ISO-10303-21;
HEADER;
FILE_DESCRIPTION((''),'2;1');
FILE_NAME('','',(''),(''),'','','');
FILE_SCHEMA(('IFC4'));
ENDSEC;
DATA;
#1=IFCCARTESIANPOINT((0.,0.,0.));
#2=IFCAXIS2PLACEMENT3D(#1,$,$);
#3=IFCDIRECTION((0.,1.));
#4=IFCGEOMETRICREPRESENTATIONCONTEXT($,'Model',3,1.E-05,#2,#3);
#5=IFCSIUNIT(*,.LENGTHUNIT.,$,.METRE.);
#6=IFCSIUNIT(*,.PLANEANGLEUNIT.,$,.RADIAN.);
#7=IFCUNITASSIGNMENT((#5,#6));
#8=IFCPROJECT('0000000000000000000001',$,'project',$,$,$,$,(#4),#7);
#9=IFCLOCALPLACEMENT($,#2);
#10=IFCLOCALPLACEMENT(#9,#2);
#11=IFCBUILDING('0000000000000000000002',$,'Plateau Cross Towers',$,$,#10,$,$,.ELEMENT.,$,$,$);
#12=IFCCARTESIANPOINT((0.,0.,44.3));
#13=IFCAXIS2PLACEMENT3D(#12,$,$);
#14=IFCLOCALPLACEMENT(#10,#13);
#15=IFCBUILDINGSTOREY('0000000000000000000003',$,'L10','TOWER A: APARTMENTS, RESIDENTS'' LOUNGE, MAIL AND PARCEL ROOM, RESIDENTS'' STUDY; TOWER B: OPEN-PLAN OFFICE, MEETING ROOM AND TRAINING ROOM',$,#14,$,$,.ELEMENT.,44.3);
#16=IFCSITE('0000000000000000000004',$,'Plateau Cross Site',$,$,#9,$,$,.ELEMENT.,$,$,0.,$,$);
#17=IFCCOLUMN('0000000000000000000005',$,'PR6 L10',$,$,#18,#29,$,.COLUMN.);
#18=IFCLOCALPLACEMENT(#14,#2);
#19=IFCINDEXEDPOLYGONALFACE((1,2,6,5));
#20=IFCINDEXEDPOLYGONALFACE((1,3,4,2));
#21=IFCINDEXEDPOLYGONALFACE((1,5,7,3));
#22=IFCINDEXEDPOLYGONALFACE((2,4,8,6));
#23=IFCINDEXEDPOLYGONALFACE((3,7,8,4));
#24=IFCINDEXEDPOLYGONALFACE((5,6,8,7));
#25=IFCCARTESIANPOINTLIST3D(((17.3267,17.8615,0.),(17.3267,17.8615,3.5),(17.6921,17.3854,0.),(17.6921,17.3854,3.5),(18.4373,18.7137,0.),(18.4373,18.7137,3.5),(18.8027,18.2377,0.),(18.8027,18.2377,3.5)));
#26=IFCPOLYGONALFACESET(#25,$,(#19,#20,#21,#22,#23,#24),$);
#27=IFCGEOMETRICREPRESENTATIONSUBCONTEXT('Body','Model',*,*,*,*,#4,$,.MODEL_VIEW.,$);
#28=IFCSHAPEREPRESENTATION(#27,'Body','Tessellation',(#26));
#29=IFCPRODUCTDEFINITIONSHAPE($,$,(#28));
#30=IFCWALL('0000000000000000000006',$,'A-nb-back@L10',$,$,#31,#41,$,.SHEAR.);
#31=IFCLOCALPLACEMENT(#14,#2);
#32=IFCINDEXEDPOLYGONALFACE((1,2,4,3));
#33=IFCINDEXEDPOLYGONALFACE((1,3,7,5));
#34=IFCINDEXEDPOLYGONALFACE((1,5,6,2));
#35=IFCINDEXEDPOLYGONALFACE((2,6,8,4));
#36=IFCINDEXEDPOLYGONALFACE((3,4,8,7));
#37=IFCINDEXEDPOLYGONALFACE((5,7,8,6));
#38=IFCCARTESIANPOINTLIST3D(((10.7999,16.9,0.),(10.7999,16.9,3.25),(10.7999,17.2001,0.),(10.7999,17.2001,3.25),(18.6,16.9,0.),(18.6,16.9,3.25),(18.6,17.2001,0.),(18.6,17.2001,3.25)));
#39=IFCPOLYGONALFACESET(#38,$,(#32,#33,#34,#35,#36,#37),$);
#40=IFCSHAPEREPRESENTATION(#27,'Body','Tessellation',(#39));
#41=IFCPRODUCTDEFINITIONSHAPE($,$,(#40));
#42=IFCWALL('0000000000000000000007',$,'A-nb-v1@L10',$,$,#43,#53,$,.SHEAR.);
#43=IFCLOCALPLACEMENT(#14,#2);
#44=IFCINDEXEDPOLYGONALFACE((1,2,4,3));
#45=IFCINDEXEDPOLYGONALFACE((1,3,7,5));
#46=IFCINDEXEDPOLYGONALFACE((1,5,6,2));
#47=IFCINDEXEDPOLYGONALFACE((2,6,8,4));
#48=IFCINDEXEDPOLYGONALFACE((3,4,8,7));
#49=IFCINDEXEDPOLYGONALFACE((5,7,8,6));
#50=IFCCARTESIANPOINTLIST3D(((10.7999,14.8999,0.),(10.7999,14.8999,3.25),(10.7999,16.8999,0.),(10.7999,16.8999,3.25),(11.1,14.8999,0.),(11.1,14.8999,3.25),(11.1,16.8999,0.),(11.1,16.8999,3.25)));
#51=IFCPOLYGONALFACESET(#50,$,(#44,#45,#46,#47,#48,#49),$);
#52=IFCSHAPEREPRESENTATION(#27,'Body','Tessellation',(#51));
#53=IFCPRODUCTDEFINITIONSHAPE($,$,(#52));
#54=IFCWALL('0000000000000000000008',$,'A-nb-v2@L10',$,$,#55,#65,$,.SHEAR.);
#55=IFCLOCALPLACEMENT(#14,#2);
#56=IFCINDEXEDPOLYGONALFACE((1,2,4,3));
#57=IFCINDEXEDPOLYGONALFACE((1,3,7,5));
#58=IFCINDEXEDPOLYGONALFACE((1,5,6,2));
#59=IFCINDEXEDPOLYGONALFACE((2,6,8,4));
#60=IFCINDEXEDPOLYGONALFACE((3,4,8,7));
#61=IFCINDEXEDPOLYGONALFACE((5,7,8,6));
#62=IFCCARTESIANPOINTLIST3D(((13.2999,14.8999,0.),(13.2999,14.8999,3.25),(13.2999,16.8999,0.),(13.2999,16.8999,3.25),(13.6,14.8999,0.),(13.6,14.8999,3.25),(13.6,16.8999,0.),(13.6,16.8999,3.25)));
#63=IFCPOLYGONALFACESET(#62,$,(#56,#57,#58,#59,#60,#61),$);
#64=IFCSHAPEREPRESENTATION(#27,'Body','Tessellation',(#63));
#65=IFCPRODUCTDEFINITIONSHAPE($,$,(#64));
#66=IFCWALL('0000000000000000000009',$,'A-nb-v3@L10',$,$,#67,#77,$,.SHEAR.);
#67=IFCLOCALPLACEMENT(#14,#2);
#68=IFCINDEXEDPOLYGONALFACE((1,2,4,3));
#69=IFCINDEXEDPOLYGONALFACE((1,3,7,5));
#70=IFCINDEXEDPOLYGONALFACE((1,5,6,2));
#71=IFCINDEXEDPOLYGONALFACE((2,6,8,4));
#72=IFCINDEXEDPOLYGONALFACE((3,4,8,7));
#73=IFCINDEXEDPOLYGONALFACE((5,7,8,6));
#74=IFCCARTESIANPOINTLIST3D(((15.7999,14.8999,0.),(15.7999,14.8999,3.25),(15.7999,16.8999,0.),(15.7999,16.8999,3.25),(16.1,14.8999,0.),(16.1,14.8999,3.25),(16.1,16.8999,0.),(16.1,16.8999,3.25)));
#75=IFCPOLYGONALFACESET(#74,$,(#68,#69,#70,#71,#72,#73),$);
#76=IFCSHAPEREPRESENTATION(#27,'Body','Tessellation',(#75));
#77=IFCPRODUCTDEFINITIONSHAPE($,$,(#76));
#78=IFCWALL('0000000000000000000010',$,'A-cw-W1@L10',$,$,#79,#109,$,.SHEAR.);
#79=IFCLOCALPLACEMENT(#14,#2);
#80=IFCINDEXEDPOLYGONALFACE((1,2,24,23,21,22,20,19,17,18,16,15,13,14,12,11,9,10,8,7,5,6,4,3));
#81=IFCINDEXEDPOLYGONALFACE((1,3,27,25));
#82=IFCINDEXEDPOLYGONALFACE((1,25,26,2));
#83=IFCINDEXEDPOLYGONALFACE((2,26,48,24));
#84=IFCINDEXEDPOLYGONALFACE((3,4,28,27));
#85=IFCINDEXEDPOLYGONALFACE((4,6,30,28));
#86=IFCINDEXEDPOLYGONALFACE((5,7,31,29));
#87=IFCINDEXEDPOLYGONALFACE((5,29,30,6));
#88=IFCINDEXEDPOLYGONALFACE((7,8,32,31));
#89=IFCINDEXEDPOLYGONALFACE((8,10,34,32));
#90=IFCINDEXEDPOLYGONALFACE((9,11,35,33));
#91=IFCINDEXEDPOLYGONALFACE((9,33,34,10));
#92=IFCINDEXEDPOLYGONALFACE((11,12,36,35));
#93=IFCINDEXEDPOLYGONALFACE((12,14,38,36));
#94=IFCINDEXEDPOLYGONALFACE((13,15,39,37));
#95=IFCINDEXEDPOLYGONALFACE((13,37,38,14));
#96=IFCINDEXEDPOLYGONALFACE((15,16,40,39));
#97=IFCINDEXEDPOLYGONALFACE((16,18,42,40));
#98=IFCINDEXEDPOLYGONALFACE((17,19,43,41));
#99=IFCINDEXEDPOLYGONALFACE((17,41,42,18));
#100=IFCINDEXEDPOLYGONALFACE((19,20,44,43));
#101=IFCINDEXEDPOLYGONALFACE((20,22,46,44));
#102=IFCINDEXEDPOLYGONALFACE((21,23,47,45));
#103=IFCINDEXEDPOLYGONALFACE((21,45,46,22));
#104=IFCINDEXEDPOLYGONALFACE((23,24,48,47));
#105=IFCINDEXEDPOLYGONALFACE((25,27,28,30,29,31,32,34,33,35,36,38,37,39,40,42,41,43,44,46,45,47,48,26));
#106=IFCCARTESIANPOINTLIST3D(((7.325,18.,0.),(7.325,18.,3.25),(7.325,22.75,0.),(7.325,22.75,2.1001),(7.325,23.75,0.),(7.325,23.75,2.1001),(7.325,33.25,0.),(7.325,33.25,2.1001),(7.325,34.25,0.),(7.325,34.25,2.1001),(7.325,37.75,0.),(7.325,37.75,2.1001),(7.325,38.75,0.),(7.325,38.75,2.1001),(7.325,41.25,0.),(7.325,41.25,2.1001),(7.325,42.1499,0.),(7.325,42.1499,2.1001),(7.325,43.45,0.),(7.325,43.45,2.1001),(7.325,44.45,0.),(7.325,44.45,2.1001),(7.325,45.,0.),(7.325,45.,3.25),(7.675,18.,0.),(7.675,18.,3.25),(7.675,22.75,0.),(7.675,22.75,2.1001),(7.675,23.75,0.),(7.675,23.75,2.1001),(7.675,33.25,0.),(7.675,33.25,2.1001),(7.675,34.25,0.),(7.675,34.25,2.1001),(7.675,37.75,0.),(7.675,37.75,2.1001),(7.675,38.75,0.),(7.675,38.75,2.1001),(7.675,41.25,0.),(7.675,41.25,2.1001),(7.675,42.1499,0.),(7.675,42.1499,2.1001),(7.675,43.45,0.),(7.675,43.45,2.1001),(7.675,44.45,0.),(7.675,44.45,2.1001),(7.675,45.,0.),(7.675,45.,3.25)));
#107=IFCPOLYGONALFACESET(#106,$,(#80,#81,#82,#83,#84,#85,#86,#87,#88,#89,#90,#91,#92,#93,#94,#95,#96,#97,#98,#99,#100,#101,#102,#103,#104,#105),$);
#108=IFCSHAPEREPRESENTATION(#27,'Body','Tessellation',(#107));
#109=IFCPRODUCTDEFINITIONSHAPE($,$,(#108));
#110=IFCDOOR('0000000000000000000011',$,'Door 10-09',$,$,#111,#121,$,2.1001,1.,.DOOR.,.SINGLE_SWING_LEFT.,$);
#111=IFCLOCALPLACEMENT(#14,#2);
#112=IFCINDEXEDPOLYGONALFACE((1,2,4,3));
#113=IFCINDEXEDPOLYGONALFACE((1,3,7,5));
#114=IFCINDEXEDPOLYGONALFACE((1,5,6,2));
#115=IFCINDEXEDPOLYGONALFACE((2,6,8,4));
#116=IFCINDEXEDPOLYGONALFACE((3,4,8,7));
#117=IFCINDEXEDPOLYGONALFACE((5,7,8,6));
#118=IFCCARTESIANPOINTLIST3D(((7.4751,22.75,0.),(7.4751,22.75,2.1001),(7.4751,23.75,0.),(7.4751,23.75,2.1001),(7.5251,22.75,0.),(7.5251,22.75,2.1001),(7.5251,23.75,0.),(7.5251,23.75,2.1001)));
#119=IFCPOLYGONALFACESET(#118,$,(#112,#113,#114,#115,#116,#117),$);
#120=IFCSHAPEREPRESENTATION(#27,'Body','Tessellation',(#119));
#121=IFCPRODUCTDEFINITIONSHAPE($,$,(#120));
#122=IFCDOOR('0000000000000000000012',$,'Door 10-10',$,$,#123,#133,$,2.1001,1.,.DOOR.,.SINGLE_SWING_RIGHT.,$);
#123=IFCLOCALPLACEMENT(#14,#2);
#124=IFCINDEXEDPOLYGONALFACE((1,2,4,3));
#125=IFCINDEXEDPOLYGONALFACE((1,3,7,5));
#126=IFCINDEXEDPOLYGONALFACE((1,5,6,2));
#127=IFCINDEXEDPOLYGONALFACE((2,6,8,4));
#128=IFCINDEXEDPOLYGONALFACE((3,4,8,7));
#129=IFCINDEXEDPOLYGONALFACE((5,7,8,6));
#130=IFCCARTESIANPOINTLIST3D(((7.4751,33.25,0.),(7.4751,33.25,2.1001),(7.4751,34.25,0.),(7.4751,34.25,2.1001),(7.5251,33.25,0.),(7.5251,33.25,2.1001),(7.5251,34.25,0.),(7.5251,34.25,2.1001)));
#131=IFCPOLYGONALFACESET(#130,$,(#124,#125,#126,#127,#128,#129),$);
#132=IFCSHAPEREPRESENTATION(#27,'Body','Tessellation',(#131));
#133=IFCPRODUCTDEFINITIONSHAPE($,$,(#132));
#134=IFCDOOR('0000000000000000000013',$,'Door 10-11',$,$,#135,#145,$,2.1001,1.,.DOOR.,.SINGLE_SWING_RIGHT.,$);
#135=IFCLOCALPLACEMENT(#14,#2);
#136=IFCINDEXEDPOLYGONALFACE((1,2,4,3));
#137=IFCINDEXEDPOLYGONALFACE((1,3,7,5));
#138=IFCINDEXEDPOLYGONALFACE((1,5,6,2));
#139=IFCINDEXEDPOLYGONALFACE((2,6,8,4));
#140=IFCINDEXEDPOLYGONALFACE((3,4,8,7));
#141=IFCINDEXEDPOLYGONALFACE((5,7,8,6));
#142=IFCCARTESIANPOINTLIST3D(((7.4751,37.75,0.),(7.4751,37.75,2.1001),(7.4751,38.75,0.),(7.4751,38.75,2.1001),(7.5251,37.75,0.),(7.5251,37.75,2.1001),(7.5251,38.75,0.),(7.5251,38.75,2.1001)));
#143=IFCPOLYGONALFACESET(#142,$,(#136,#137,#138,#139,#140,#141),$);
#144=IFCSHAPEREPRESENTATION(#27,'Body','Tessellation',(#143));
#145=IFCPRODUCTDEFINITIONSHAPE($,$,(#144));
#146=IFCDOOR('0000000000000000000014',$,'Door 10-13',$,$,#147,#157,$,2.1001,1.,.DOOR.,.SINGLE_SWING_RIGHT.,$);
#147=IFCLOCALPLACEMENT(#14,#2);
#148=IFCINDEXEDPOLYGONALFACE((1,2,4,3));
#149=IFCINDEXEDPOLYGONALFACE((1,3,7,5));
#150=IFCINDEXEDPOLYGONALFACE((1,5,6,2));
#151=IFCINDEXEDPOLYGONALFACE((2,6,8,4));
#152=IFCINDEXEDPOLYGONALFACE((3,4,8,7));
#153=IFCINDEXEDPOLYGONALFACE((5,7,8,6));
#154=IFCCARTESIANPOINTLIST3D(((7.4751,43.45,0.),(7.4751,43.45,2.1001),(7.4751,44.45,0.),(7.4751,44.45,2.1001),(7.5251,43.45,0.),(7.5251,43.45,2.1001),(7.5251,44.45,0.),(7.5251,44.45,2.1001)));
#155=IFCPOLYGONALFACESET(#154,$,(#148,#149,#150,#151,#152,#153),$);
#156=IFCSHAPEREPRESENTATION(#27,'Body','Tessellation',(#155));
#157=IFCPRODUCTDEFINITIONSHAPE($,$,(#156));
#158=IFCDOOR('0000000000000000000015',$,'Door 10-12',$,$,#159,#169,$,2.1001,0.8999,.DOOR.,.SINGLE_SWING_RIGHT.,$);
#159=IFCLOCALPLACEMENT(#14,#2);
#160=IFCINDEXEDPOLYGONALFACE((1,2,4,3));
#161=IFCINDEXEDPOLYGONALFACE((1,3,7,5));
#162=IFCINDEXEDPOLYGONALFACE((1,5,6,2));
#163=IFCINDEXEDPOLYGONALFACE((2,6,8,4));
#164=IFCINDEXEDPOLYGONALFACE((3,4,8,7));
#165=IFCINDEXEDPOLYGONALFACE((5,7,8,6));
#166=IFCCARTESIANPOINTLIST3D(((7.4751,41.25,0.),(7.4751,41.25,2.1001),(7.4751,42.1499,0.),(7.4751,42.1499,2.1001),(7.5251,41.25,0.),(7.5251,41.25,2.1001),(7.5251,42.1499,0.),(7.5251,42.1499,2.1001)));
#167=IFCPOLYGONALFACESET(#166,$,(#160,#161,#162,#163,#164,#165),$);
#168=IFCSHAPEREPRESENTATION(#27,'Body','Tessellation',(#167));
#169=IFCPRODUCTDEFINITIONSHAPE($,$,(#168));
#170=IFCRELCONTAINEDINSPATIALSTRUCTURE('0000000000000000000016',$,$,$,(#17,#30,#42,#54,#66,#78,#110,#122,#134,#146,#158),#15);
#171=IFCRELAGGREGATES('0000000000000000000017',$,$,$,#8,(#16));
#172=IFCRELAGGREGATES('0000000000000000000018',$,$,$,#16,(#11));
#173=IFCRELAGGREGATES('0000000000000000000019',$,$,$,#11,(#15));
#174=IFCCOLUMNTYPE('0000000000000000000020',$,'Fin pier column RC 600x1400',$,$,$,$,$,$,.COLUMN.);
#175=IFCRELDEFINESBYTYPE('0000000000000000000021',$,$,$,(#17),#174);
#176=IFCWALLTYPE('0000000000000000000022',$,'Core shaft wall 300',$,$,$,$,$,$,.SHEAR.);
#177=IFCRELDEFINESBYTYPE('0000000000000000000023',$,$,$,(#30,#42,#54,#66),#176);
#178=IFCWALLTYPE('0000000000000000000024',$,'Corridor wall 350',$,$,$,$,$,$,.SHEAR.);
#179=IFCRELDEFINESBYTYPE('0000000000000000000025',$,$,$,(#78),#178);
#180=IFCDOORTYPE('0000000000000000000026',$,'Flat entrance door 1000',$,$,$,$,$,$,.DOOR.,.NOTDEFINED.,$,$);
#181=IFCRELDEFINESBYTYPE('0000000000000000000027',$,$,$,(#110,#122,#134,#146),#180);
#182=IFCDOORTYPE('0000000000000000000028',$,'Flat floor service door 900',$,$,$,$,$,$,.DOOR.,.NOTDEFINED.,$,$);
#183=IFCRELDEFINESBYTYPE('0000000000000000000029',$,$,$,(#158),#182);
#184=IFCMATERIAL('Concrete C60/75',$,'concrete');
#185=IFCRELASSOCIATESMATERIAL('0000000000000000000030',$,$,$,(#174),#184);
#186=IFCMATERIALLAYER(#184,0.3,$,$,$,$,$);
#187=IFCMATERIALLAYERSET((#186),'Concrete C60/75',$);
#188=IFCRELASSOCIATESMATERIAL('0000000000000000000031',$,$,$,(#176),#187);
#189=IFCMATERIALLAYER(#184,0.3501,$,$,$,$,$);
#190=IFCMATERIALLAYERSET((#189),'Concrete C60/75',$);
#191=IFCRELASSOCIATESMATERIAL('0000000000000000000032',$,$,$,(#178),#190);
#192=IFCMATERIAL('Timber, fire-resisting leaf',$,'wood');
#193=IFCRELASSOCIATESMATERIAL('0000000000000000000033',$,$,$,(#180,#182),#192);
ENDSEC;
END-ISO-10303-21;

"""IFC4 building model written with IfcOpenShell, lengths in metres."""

from ifc_helpers import new_model, si_unit, direction, frame, frame_2d, origin, origin_2d, place, context, subcontext, project, spatial, rectangle, extrude, material, layer, layer_set, material_profile, profile_set, type_object, element, fill, save


model = new_model("IFC4")

# Units and contexts
model_context = context("Model", 3, precision=1e-05, world=origin(), true_north=direction((0.0, 1.0)))
body_context = subcontext(model_context, "Body", "Model", "MODEL_VIEW")
ifc_project = project(units=[si_unit("LENGTHUNIT", "METRE"), si_unit("PLANEANGLEUNIT", "RADIAN")], contexts=[model_context])

# Site, building, storey
site_placement = place(None, origin())
site = spatial("IfcSite", under=ifc_project, at=site_placement, Name="Plateau Cross Site", CompositionType="ELEMENT", RefElevation=0.0)
building_placement = place(site_placement, origin())
building = spatial("IfcBuilding", under=site, at=building_placement, Name="Plateau Cross Towers", CompositionType="ELEMENT")
storey_placement = place(building_placement, frame((0.0, 0.0, 44.3)))
storey = spatial("IfcBuildingStorey", under=building, at=storey_placement, Name="L10", Description="TOWER A: APARTMENTS, RESIDENTS' LOUNGE, MAIL AND PARCEL ROOM, RESIDENTS' STUDY; TOWER B: OPEN-PLAN OFFICE, MEETING ROOM AND TRAINING ROOM", CompositionType="ELEMENT", Elevation=44.3)

# Column
ifc_material_1 = material(Name="Concrete C60/75", Category="concrete")
ifc_material_profile = material_profile(ifc_material_1, rectangle(XDim=0.6001, YDim=1.3999, at=origin_2d()), Name="RC 600x1400")
ifc_profile_set = profile_set([ifc_material_profile], Name="Concrete C60/75")
column_type = type_object("IfcColumnType", Name="Fin pier column RC 600x1400", PredefinedType="COLUMN", material=ifc_profile_set)
column_placement = place(storey_placement, frame((18.0647, 18.0496, 0.0), z_axis=(0.0, 0.0, 1.0), x_axis=(-0.608811, 0.793315, 0.0)))
element("IfcColumn", 1, at=column_placement, inside=storey, type_object=column_type, Name="PR6 L10", PredefinedType="COLUMN", context=body_context, shape_type="SweptSolid", body=[
    extrude(rectangle(XDim=0.6001, YDim=1.3999, at=origin_2d()), origin(), (0.0, 0.0, 1.0), 3.5),
])

# Walls
ifc_layer_1 = layer(ifc_material_1, 0.3)
ifc_layer_set_1 = layer_set([ifc_layer_1], Name="Concrete C60/75")
wall_type_1 = type_object("IfcWallType", Name="Core shaft wall 300", PredefinedType="SHEAR", material=ifc_layer_set_1)
wall_1_placement = place(storey_placement, frame((10.8, 17.05, 0.0), z_axis=(0.0, 0.0, 1.0), x_axis=(1.0, 0.0, 0.0)))
element("IfcWall", 2, at=wall_1_placement, inside=storey, type_object=wall_type_1, Name="A-nb-back@L10", PredefinedType="SHEAR", context=body_context, shape_type="SweptSolid", body=[
    extrude(rectangle(XDim=7.8, YDim=0.3, at=frame_2d((3.8999, 0.0))), origin(), (0.0, 0.0, 1.0), 3.25),
])
for number, where, z_axis, x_axis, name in (
    (3, (10.95, 14.8999, 0.0), (0.0, 0.0, 1.0), (0.0, 1.0, 0.0), "A-nb-v1@L10"),
    (4, (13.45, 14.8999, 0.0), (0.0, 0.0, 1.0), (0.0, 1.0, 0.0), "A-nb-v2@L10"),
    (5, (15.95, 14.8999, 0.0), (0.0, 0.0, 1.0), (0.0, 1.0, 0.0), "A-nb-v3@L10"),
):
    element("IfcWall", number, at=place(storey_placement, frame(where, z_axis=z_axis, x_axis=x_axis)), inside=storey, type_object=wall_type_1, Name=name, PredefinedType="SHEAR", context=body_context, shape_type="SweptSolid", body=[
        extrude(rectangle(XDim=2.0, YDim=0.3, at=frame_2d((1.0, 0.0))), origin(), (0.0, 0.0, 1.0), 3.25),
    ])

# Wall, openings, doors
ifc_layer_2 = layer(ifc_material_1, 0.3501)
ifc_layer_set_2 = layer_set([ifc_layer_2], Name="Concrete C60/75")
wall_type_2 = type_object("IfcWallType", Name="Corridor wall 350", PredefinedType="SHEAR", material=ifc_layer_set_2)
wall_2_placement = place(storey_placement, frame((7.5, 18.0, 0.0), z_axis=(0.0, 0.0, 1.0), x_axis=(0.0, 1.0, 0.0)))
wall_2 = element("IfcWall", 6, at=wall_2_placement, inside=storey, type_object=wall_type_2, Name="A-cw-W1@L10", PredefinedType="SHEAR", context=body_context, shape_type="SweptSolid", body=[
    extrude(rectangle(XDim=27.0, YDim=0.3501, at=frame_2d((13.5, 0.0))), origin(), (0.0, 0.0, 1.0), 3.25),
])
opening_1_placement = place(wall_2_placement, frame((4.75, 0.0, 0.0)))
opening_1 = element("IfcOpeningElement", 7, at=opening_1_placement, cuts=wall_2, PredefinedType="OPENING", context=body_context, shape_type="SweptSolid", body=[
    extrude(rectangle(XDim=1.0, YDim=2.1001, at=frame_2d((0.5, 1.05))), frame((0.0, 0.1851, 0.0), z_axis=(0.0, -1.0, 0.0), x_axis=(1.0, 0.0, 0.0)), (0.0, 0.0, 1.0), 0.3701),
])
opening_2_placement = place(wall_2_placement, frame((15.25, 0.0, 0.0)))
opening_2 = element("IfcOpeningElement", 8, at=opening_2_placement, cuts=wall_2, PredefinedType="OPENING", context=body_context, shape_type="SweptSolid", body=[
    extrude(rectangle(XDim=1.0, YDim=2.1001, at=frame_2d((0.5, 1.05))), frame((0.0, 0.1851, 0.0), z_axis=(0.0, -1.0, 0.0), x_axis=(1.0, 0.0, 0.0)), (0.0, 0.0, 1.0), 0.3701),
])
opening_3_placement = place(wall_2_placement, frame((19.75, 0.0, 0.0)))
opening_3 = element("IfcOpeningElement", 9, at=opening_3_placement, cuts=wall_2, PredefinedType="OPENING", context=body_context, shape_type="SweptSolid", body=[
    extrude(rectangle(XDim=1.0, YDim=2.1001, at=frame_2d((0.5, 1.05))), frame((0.0, 0.1851, 0.0), z_axis=(0.0, -1.0, 0.0), x_axis=(1.0, 0.0, 0.0)), (0.0, 0.0, 1.0), 0.3701),
])
opening_4_placement = place(wall_2_placement, frame((23.25, 0.0, 0.0)))
opening_4 = element("IfcOpeningElement", 10, at=opening_4_placement, cuts=wall_2, PredefinedType="OPENING", context=body_context, shape_type="SweptSolid", body=[
    extrude(rectangle(XDim=0.8999, YDim=2.1001, at=frame_2d((0.45, 1.05))), frame((0.0, 0.1851, 0.0), z_axis=(0.0, -1.0, 0.0), x_axis=(1.0, 0.0, 0.0)), (0.0, 0.0, 1.0), 0.3701),
])
opening_5_placement = place(wall_2_placement, frame((25.45, 0.0, 0.0)))
opening_5 = element("IfcOpeningElement", 11, at=opening_5_placement, cuts=wall_2, PredefinedType="OPENING", context=body_context, shape_type="SweptSolid", body=[
    extrude(rectangle(XDim=1.0, YDim=2.1001, at=frame_2d((0.5, 1.05))), frame((0.0, 0.1851, 0.0), z_axis=(0.0, -1.0, 0.0), x_axis=(1.0, 0.0, 0.0)), (0.0, 0.0, 1.0), 0.3701),
])
ifc_material_2 = material(Name="Timber, fire-resisting leaf", Category="wood")
door_type_1 = type_object("IfcDoorType", Name="Flat entrance door 1000", OperationType="NOTDEFINED", PredefinedType="DOOR", material=ifc_material_2)
door_1_placement = place(opening_1_placement, origin())
door_1 = element("IfcDoor", 12, at=door_1_placement, inside=storey, type_object=door_type_1, Name="Door 10-09", OperationType="SINGLE_SWING_LEFT", OverallHeight=2.1001, OverallWidth=1.0, PredefinedType="DOOR", context=body_context, shape_type="SweptSolid", body=[
    extrude(rectangle(XDim=1.0, YDim=2.1001, at=frame_2d((0.5, 1.05))), frame((0.0, 0.0249, 0.0), z_axis=(0.0, -1.0, 0.0), x_axis=(1.0, 0.0, 0.0)), (0.0, 0.0, 1.0), 0.05),
])
fill(opening_1, door_1)
door_2_placement = place(opening_2_placement, origin())
door_2 = element("IfcDoor", 13, at=door_2_placement, inside=storey, type_object=door_type_1, Name="Door 10-10", OperationType="SINGLE_SWING_RIGHT", OverallHeight=2.1001, OverallWidth=1.0, PredefinedType="DOOR", context=body_context, shape_type="SweptSolid", body=[
    extrude(rectangle(XDim=1.0, YDim=2.1001, at=frame_2d((0.5, 1.05))), frame((0.0, 0.0249, 0.0), z_axis=(0.0, -1.0, 0.0), x_axis=(1.0, 0.0, 0.0)), (0.0, 0.0, 1.0), 0.05),
])
fill(opening_2, door_2)
door_3_placement = place(opening_3_placement, origin())
door_3 = element("IfcDoor", 14, at=door_3_placement, inside=storey, type_object=door_type_1, Name="Door 10-11", OperationType="SINGLE_SWING_RIGHT", OverallHeight=2.1001, OverallWidth=1.0, PredefinedType="DOOR", context=body_context, shape_type="SweptSolid", body=[
    extrude(rectangle(XDim=1.0, YDim=2.1001, at=frame_2d((0.5, 1.05))), frame((0.0, 0.0249, 0.0), z_axis=(0.0, -1.0, 0.0), x_axis=(1.0, 0.0, 0.0)), (0.0, 0.0, 1.0), 0.05),
])
fill(opening_3, door_3)
door_4_placement = place(opening_5_placement, origin())
door_4 = element("IfcDoor", 15, at=door_4_placement, inside=storey, type_object=door_type_1, Name="Door 10-13", OperationType="SINGLE_SWING_RIGHT", OverallHeight=2.1001, OverallWidth=1.0, PredefinedType="DOOR", context=body_context, shape_type="SweptSolid", body=[
    extrude(rectangle(XDim=1.0, YDim=2.1001, at=frame_2d((0.5, 1.05))), frame((0.0, 0.0249, 0.0), z_axis=(0.0, -1.0, 0.0), x_axis=(1.0, 0.0, 0.0)), (0.0, 0.0, 1.0), 0.05),
])
fill(opening_5, door_4)
door_type_2 = type_object("IfcDoorType", Name="Flat floor service door 900", OperationType="NOTDEFINED", PredefinedType="DOOR", material=ifc_material_2)
door_5_placement = place(opening_4_placement, origin())
door_5 = element("IfcDoor", 16, at=door_5_placement, inside=storey, type_object=door_type_2, Name="Door 10-12", OperationType="SINGLE_SWING_RIGHT", OverallHeight=2.1001, OverallWidth=0.8999, PredefinedType="DOOR", context=body_context, shape_type="SweptSolid", body=[
    extrude(rectangle(XDim=0.8999, YDim=2.1001, at=frame_2d((0.45, 1.05))), frame((0.0, 0.0249, 0.0), z_axis=(0.0, -1.0, 0.0), x_axis=(1.0, 0.0, 0.0)), (0.0, 0.0, 1.0), 0.05),
])
fill(opening_4, door_5)

save(model, "model.ifc")
